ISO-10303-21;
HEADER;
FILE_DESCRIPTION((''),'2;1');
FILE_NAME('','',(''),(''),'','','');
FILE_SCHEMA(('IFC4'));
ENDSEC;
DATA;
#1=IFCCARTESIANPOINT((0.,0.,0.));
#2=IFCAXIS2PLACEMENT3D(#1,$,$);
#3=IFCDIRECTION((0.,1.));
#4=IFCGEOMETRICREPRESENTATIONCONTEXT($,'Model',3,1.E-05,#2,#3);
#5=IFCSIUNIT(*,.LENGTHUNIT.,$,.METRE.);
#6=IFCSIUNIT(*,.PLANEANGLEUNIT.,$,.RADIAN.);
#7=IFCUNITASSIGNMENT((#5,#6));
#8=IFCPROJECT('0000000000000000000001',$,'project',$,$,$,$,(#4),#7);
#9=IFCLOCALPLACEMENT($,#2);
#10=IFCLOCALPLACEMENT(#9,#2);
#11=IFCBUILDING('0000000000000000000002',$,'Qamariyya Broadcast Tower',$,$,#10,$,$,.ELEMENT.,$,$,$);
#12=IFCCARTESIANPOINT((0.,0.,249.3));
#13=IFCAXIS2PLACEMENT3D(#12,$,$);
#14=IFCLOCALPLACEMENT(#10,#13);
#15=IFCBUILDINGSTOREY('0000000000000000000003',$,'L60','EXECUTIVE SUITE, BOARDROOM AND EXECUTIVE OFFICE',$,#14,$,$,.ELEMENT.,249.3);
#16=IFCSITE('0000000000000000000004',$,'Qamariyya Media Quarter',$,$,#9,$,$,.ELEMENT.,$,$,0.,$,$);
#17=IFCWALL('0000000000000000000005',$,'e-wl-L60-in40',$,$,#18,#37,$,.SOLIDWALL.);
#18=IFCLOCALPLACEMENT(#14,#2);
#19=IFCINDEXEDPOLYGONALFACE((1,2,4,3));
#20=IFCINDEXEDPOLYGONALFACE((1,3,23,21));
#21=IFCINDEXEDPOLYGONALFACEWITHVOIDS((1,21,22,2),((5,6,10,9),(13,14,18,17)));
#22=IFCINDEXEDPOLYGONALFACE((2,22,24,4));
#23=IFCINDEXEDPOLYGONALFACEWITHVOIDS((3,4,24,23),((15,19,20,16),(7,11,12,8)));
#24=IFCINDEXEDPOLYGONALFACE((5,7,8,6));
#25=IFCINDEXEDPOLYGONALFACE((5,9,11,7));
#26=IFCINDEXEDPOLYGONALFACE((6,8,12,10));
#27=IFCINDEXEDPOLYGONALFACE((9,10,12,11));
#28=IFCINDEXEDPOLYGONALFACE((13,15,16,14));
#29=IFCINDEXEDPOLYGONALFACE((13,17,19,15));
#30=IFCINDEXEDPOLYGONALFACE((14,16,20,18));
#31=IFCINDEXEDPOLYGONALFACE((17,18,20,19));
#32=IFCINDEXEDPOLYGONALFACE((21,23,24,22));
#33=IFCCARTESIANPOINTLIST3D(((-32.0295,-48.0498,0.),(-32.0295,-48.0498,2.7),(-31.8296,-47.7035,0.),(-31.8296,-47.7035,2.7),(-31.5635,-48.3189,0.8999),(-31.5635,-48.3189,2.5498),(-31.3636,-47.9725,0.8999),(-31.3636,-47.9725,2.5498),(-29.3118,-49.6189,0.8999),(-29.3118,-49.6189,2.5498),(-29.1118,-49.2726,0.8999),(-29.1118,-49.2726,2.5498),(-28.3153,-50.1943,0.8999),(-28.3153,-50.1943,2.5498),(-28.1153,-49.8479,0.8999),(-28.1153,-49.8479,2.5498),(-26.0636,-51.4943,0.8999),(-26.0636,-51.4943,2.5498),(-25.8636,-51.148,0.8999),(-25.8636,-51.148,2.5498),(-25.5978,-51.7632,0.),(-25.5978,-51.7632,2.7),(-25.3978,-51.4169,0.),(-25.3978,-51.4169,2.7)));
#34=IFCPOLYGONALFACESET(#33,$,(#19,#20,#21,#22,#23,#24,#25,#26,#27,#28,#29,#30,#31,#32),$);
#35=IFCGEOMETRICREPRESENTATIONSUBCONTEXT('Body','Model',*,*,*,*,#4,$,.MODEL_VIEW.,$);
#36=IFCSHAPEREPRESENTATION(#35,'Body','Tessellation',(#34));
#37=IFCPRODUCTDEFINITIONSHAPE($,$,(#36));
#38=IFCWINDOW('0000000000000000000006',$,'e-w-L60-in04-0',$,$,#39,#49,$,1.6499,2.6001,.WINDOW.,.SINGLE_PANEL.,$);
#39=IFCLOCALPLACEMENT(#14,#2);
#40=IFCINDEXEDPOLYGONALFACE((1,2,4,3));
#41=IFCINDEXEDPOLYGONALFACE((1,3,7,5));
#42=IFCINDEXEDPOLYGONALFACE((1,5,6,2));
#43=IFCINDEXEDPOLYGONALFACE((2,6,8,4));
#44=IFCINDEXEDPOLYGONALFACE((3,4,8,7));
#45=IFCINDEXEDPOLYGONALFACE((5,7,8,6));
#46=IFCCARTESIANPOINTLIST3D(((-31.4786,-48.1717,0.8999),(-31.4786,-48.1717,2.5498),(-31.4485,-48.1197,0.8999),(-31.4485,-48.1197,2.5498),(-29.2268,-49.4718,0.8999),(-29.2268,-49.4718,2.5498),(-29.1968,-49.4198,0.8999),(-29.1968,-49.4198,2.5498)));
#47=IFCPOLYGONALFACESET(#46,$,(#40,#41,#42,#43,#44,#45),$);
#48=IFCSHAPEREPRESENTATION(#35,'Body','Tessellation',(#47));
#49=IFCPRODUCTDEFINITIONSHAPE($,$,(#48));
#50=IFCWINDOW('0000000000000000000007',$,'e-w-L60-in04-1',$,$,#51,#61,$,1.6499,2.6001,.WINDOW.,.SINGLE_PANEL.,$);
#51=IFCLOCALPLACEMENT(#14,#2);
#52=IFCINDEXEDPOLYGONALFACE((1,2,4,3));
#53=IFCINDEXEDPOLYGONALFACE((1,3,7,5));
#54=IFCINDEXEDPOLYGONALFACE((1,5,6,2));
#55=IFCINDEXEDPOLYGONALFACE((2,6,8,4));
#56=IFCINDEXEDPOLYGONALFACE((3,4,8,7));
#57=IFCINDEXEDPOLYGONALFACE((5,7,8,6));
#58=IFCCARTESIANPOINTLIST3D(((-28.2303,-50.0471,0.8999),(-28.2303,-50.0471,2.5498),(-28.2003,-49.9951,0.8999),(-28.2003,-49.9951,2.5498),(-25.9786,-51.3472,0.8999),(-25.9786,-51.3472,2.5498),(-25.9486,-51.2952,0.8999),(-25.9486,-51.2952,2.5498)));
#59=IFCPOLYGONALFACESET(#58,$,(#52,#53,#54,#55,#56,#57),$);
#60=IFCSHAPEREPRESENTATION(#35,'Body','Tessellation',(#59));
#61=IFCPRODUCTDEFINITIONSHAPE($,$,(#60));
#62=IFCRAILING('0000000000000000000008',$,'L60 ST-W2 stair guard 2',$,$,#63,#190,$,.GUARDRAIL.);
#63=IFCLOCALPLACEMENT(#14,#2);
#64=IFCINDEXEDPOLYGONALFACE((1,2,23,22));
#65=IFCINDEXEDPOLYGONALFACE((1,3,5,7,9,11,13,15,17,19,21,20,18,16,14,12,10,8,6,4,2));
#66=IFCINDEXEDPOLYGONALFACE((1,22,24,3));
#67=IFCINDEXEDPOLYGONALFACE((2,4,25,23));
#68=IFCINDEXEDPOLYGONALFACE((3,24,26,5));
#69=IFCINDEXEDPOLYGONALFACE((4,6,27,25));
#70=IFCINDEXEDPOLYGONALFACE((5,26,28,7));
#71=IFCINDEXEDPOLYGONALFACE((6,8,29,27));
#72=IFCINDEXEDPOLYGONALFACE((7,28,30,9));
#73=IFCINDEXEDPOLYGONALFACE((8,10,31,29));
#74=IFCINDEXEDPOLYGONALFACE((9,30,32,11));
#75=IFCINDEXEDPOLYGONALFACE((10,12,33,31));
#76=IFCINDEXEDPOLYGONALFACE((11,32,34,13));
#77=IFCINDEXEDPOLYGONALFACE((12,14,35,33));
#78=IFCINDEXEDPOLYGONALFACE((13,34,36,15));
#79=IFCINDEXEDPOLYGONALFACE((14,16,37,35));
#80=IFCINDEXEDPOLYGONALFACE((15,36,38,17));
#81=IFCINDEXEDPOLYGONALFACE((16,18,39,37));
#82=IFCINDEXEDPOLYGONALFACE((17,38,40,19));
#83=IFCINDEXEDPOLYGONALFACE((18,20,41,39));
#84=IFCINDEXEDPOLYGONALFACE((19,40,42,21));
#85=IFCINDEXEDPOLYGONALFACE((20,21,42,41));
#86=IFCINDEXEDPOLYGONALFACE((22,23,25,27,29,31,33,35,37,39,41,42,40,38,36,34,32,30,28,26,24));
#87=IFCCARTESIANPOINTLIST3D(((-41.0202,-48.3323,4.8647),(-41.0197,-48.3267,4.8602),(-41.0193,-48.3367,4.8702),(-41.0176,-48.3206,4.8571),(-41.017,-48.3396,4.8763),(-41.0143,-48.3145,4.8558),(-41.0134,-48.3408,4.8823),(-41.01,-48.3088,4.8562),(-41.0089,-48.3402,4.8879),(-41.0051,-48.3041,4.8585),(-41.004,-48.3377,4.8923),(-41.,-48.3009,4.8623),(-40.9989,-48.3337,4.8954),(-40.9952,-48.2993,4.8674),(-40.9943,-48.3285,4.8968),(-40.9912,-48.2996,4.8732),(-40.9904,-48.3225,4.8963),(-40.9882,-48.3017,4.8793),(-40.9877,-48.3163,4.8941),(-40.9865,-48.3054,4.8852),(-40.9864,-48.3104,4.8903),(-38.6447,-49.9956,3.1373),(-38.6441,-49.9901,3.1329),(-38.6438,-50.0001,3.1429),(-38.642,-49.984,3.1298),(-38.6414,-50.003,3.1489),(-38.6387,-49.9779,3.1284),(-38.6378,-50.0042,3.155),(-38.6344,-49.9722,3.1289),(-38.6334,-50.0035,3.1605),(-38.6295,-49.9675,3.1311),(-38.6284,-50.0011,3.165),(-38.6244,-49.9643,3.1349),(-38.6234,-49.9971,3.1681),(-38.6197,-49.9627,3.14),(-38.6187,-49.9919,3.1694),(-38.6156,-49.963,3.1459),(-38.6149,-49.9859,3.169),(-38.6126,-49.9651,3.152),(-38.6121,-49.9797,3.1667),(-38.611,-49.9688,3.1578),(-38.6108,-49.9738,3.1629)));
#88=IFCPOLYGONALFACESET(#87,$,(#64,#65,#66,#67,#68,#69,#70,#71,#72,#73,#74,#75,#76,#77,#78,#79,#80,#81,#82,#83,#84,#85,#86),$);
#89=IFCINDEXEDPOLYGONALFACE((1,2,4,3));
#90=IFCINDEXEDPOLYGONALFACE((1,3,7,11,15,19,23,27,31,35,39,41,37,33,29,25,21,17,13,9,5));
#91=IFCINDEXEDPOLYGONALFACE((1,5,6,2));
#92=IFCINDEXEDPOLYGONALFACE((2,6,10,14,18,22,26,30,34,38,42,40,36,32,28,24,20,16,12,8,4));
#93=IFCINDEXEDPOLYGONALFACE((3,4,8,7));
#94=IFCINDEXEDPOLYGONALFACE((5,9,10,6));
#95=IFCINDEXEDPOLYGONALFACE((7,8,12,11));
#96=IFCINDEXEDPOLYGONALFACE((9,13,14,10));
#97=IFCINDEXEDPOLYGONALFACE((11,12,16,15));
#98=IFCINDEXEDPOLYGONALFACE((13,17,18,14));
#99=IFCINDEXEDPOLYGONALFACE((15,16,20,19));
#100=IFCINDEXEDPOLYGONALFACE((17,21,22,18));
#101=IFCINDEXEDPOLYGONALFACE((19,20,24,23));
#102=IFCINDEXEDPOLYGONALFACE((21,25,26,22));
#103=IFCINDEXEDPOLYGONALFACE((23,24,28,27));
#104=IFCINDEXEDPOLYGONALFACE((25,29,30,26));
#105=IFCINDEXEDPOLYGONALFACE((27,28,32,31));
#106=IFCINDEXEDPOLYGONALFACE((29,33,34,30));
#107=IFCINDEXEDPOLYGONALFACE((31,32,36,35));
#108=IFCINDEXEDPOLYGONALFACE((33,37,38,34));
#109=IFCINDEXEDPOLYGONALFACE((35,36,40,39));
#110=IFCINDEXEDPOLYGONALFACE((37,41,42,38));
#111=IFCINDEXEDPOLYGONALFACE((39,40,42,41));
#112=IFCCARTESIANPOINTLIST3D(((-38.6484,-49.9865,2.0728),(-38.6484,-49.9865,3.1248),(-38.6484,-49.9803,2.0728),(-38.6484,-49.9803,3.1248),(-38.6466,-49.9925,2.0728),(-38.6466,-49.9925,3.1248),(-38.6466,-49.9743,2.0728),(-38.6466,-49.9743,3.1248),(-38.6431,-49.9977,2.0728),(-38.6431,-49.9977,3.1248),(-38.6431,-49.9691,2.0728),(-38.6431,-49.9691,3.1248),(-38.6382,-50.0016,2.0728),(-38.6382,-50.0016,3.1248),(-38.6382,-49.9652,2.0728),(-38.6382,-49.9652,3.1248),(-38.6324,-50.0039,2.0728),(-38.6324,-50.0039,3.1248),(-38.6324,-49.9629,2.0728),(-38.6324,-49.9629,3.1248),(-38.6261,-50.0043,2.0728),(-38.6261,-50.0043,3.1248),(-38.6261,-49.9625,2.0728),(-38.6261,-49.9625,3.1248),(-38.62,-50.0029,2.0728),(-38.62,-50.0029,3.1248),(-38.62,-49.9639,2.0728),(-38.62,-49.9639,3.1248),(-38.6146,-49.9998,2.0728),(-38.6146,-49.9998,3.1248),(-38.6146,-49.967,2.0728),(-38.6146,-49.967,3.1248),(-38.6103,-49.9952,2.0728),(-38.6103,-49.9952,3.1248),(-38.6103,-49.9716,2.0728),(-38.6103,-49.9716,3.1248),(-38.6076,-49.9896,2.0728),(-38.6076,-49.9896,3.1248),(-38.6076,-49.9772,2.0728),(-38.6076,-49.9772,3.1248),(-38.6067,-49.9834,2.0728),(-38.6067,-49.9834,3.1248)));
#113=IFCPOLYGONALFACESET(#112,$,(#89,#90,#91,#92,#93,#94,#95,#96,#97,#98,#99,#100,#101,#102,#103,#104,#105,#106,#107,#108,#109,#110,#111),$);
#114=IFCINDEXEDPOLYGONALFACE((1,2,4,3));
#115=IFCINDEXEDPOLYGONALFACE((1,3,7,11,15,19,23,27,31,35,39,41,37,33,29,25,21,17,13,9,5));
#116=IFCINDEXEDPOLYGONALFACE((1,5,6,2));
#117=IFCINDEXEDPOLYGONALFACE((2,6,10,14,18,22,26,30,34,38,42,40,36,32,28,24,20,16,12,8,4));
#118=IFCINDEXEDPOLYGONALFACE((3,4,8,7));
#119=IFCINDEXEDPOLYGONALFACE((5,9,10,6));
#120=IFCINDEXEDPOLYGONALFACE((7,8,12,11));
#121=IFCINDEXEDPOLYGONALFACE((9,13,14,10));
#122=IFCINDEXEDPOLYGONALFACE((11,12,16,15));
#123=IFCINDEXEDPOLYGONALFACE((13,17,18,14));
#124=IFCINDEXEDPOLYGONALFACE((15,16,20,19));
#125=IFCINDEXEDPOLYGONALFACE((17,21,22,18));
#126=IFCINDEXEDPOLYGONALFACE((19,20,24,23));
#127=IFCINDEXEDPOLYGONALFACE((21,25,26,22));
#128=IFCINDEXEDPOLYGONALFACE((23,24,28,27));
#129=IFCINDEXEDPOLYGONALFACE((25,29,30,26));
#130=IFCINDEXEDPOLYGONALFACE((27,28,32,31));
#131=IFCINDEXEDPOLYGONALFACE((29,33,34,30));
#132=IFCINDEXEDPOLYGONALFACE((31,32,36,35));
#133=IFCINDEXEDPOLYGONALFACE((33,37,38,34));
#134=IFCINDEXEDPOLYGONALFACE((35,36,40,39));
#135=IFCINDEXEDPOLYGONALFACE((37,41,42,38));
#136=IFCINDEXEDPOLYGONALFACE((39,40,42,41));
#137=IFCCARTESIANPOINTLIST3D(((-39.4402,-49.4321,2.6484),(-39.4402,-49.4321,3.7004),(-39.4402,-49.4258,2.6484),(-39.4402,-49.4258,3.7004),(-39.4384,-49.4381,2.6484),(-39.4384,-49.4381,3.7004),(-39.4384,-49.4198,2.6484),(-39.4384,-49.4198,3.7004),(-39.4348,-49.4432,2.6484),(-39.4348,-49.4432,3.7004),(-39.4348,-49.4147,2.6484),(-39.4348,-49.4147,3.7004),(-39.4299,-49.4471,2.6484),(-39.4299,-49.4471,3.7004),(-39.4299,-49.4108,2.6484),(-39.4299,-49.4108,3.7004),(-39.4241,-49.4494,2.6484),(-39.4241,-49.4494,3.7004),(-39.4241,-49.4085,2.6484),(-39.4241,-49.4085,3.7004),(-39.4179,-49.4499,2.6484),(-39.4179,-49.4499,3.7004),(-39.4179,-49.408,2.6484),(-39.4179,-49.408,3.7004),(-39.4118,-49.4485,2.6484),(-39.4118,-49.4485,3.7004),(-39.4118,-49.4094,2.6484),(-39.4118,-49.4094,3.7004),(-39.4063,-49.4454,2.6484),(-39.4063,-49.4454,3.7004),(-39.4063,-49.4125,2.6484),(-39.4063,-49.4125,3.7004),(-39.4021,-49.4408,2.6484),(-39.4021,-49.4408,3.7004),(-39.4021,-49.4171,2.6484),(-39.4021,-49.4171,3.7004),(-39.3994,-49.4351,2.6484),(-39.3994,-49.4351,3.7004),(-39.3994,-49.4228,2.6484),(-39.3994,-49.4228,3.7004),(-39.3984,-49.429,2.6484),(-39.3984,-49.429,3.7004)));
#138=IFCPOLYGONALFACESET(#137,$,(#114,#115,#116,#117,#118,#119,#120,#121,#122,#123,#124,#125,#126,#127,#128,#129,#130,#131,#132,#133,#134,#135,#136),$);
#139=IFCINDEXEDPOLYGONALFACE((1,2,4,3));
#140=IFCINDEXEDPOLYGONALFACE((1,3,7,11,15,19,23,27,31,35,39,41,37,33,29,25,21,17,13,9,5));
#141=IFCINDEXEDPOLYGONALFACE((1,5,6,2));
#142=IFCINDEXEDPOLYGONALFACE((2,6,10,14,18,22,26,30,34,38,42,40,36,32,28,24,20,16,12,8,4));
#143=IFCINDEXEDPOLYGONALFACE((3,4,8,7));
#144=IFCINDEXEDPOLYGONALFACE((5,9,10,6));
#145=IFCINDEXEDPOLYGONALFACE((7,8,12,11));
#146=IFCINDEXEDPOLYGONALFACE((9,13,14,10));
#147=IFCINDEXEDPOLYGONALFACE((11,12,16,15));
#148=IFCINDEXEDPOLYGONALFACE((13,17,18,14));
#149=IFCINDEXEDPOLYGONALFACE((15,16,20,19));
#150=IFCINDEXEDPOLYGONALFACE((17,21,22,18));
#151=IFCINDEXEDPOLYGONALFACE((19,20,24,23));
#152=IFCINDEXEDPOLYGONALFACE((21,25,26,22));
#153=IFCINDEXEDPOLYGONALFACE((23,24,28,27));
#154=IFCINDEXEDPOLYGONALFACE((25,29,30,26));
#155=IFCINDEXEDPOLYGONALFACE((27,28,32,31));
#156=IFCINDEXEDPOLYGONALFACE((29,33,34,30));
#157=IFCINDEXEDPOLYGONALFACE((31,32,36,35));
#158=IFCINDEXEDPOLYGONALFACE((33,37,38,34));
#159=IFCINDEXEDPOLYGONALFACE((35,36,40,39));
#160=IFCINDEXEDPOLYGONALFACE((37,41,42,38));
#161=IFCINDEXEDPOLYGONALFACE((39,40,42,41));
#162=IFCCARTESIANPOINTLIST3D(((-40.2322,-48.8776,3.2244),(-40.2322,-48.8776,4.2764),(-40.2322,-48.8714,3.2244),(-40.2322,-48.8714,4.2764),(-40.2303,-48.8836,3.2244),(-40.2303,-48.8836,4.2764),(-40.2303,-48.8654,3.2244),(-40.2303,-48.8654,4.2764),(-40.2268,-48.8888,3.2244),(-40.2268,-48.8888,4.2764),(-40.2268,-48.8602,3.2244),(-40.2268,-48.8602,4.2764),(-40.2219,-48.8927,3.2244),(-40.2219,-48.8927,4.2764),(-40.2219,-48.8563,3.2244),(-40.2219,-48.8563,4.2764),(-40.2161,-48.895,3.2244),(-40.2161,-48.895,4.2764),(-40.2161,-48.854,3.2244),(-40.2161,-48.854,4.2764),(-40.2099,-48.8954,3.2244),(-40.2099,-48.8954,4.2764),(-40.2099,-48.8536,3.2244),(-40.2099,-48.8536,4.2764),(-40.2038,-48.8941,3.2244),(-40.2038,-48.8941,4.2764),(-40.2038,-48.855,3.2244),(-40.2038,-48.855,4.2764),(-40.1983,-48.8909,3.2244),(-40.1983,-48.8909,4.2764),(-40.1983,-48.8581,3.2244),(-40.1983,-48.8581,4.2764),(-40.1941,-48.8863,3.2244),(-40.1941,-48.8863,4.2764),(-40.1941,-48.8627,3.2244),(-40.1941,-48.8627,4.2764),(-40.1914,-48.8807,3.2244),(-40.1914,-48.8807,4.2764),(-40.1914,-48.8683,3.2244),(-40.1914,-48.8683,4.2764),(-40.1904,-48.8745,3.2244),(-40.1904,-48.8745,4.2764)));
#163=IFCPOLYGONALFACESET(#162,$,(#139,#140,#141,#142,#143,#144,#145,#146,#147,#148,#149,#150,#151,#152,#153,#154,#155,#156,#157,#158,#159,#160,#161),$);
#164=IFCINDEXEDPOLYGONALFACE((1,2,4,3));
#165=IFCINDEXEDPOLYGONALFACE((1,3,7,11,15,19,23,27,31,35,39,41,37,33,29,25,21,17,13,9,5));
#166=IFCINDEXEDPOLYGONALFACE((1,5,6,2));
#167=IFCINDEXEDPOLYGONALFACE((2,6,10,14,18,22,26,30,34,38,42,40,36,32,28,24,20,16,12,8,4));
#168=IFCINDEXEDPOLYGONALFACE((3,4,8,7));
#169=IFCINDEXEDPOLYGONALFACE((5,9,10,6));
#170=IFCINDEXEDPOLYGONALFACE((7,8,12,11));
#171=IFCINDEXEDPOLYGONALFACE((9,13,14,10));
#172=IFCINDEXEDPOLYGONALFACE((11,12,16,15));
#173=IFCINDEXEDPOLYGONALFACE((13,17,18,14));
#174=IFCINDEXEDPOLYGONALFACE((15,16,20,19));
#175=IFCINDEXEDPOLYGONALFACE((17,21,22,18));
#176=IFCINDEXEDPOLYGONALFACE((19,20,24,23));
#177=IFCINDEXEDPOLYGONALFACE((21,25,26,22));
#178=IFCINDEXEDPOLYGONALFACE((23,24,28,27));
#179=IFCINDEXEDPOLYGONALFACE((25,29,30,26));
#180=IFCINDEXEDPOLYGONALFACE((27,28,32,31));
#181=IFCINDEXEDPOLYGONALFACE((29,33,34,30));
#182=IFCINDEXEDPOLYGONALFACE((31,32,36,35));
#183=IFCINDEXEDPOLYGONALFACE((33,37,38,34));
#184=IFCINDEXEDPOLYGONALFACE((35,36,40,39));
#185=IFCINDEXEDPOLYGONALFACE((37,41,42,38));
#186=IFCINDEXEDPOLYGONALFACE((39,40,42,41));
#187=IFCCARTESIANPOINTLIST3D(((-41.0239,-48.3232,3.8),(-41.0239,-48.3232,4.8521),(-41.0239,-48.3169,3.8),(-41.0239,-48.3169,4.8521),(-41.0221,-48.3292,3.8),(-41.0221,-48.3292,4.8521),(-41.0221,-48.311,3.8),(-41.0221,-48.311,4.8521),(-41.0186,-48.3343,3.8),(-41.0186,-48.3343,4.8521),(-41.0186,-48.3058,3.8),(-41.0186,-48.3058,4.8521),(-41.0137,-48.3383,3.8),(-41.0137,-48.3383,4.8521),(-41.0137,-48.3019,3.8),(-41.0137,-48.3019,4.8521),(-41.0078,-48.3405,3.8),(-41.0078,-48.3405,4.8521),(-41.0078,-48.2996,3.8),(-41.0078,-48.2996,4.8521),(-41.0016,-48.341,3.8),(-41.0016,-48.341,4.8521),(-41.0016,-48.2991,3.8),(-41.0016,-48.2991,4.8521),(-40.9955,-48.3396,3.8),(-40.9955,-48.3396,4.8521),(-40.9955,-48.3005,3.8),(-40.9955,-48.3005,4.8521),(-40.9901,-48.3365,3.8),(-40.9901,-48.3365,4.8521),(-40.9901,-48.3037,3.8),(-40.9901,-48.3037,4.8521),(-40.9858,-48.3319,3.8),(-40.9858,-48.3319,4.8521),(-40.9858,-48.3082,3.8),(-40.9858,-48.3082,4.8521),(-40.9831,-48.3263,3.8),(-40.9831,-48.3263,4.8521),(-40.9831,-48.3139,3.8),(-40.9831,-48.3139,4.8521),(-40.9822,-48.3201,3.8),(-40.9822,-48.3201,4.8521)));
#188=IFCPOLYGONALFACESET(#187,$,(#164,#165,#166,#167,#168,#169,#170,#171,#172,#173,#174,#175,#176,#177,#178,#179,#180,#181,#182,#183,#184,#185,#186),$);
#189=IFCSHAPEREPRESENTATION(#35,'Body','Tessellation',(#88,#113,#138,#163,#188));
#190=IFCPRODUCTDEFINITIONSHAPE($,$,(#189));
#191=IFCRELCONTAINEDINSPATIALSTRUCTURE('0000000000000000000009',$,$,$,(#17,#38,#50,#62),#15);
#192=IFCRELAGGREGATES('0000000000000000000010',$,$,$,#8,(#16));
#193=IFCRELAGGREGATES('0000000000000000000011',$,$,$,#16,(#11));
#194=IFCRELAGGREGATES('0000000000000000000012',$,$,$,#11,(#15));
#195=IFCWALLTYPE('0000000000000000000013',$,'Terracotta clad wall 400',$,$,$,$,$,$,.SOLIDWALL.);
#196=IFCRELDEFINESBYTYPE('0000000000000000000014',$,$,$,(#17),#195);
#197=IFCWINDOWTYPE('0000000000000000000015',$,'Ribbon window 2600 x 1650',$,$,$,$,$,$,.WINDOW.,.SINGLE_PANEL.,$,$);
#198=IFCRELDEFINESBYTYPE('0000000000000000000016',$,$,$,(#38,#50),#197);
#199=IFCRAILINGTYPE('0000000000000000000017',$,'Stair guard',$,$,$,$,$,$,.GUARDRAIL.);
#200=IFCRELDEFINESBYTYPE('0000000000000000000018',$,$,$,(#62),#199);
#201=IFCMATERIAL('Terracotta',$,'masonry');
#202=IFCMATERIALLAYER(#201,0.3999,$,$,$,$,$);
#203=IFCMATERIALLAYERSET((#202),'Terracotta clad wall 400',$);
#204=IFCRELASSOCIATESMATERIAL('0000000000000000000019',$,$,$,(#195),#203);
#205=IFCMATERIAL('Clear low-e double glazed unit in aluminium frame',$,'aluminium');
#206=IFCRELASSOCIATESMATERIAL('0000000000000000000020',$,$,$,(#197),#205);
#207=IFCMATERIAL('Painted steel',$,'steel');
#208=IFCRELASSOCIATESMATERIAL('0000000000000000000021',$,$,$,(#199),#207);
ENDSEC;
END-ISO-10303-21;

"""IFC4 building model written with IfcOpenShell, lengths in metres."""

from ifc_helpers import new_model, si_unit, direction, frame, frame_2d, origin, origin_2d, place, context, subcontext, project, spatial, rectangle, circle, extrude, material, layer, layer_set, type_object, element, fill, save


model = new_model("IFC4")

# Units and contexts
model_context = context("Model", 3, precision=1e-05, world=origin(), true_north=direction((0.0, 1.0)))
body_context = subcontext(model_context, "Body", "Model", "MODEL_VIEW")
ifc_project = project(units=[si_unit("LENGTHUNIT", "METRE"), si_unit("PLANEANGLEUNIT", "RADIAN")], contexts=[model_context])

# Site, building, storey
site_placement = place(None, origin())
site = spatial("IfcSite", under=ifc_project, at=site_placement, Name="Qamariyya Media Quarter", CompositionType="ELEMENT", RefElevation=0.0)
building_placement = place(site_placement, origin())
building = spatial("IfcBuilding", under=site, at=building_placement, Name="Qamariyya Broadcast Tower", CompositionType="ELEMENT")
storey_placement = place(building_placement, frame((0.0, 0.0, 249.3)))
storey = spatial("IfcBuildingStorey", under=building, at=storey_placement, Name="L60", Description="EXECUTIVE SUITE, BOARDROOM AND EXECUTIVE OFFICE", CompositionType="ELEMENT", Elevation=249.3)

# Wall, openings, windows
ifc_material_1 = material(Name="Terracotta", Category="masonry")
ifc_layer_1 = layer(ifc_material_1, 0.3999)
ifc_layer_set_1 = layer_set([ifc_layer_1], Name="Terracotta clad wall 400")
wall_type = type_object("IfcWallType", Name="Terracotta clad wall 400", PredefinedType="SOLIDWALL", material=ifc_layer_set_1)
ifc_material_2 = material(Name="Clear low-e double glazed unit in aluminium frame", Category="aluminium")
window_type = type_object("IfcWindowType", Name="Ribbon window 2600 x 1650", PartitioningType="SINGLE_PANEL", PredefinedType="WINDOW", material=ifc_material_2)
wall_1_placement = place(storey_placement, frame((-25.4978, -51.5901, 0.0), z_axis=(0.0, 0.0, 1.0), x_axis=(-0.866021, 0.500007, 0.0)))
wall_1 = element("IfcWall", 1, at=wall_1_placement, inside=storey, type_object=wall_type, Name="e-wl-L60-in40", PredefinedType="SOLIDWALL", context=body_context, shape_type="SweptSolid", body=[
    extrude(rectangle(XDim=7.4268, YDim=0.3999, at=frame_2d((3.7134, 0.0))), origin(), (0.0, 0.0, 1.0), 2.7),
])
opening_1_placement = place(wall_1_placement, frame((4.2886, 0.0, 0.8999)))
opening_1 = element("IfcOpeningElement", 2, at=opening_1_placement, cuts=wall_1, PredefinedType="OPENING", context=body_context, shape_type="SweptSolid", body=[
    extrude(rectangle(XDim=2.6001, YDim=1.6499, at=frame_2d((1.3, 0.825))), frame((0.0, 0.21, 0.0), z_axis=(0.0, -1.0, 0.0), x_axis=(1.0, 0.0, 0.0)), (0.0, 0.0, 1.0), 0.4199),
])
opening_2_placement = place(wall_1_placement, frame((0.5378, 0.0, 0.8999)))
opening_2 = element("IfcOpeningElement", 3, at=opening_2_placement, cuts=wall_1, PredefinedType="OPENING", context=body_context, shape_type="SweptSolid", body=[
    extrude(rectangle(XDim=2.6001, YDim=1.6499, at=frame_2d((1.3, 0.825))), frame((0.0, 0.21, 0.0), z_axis=(0.0, -1.0, 0.0), x_axis=(1.0, 0.0, 0.0)), (0.0, 0.0, 1.0), 0.4199),
])
window_1_placement = place(opening_1_placement, origin())
window_1 = element("IfcWindow", 4, at=window_1_placement, inside=storey, type_object=window_type, Name="e-w-L60-in04-0", OverallHeight=1.6499, OverallWidth=2.6001, PartitioningType="SINGLE_PANEL", PredefinedType="WINDOW", context=body_context, shape_type="SweptSolid", body=[
    extrude(rectangle(XDim=2.6001, YDim=1.6499, at=frame_2d((1.3, 0.825))), frame((0.0, 0.03, 0.0), z_axis=(0.0, -1.0, 0.0), x_axis=(1.0, 0.0, 0.0)), (0.0, 0.0, 1.0), 0.0601),
])
fill(opening_1, window_1)
window_2_placement = place(opening_2_placement, origin())
window_2 = element("IfcWindow", 5, at=window_2_placement, inside=storey, type_object=window_type, Name="e-w-L60-in04-1", OverallHeight=1.6499, OverallWidth=2.6001, PartitioningType="SINGLE_PANEL", PredefinedType="WINDOW", context=body_context, shape_type="SweptSolid", body=[
    extrude(rectangle(XDim=2.6001, YDim=1.6499, at=frame_2d((1.3, 0.825))), frame((0.0, 0.03, 0.0), z_axis=(0.0, -1.0, 0.0), x_axis=(1.0, 0.0, 0.0)), (0.0, 0.0, 1.0), 0.0601),
])
fill(opening_2, window_2)

# Railing
ifc_material_3 = material(Name="Painted steel", Category="steel")
railing_type_1 = type_object("IfcRailingType", Name="Stair guard", PredefinedType="GUARDRAIL", material=ifc_material_3)
railing_1_placement = place(storey_placement, frame((-38.6277, -49.9834, 2.0728)))
element("IfcRailing", 6, at=railing_1_placement, inside=storey, type_object=railing_type_1, Name="L60 ST-W2 stair guard 2", PredefinedType="GUARDRAIL", context=body_context, shape_type="SweptSolid", body=[
    extrude(circle(Radius=0.0239, at=origin_2d()), frame((0.0, 0.0, 1.0762), z_axis=(-0.70377, 0.492784, 0.511734), x_axis=(-0.573575, -0.819153, 0.0)), (0.0, 0.0, 1.0), 3.3755),
    extrude(circle(Radius=0.021, at=origin_2d()), origin(), (0.0, 0.0, 1.0), 1.052),
    extrude(circle(Radius=0.021, at=origin_2d()), frame((-0.7917, 0.5544, 0.5757)), (0.0, 0.0, 1.0), 1.052),
    extrude(circle(Radius=0.021, at=origin_2d()), frame((-1.5837, 1.1089, 1.1516)), (0.0, 0.0, 1.0), 1.052),
    extrude(circle(Radius=0.021, at=origin_2d()), frame((-2.3755, 1.6633, 1.7273)), (0.0, 0.0, 1.0), 1.052),
])

save(model, "model.ifc")
